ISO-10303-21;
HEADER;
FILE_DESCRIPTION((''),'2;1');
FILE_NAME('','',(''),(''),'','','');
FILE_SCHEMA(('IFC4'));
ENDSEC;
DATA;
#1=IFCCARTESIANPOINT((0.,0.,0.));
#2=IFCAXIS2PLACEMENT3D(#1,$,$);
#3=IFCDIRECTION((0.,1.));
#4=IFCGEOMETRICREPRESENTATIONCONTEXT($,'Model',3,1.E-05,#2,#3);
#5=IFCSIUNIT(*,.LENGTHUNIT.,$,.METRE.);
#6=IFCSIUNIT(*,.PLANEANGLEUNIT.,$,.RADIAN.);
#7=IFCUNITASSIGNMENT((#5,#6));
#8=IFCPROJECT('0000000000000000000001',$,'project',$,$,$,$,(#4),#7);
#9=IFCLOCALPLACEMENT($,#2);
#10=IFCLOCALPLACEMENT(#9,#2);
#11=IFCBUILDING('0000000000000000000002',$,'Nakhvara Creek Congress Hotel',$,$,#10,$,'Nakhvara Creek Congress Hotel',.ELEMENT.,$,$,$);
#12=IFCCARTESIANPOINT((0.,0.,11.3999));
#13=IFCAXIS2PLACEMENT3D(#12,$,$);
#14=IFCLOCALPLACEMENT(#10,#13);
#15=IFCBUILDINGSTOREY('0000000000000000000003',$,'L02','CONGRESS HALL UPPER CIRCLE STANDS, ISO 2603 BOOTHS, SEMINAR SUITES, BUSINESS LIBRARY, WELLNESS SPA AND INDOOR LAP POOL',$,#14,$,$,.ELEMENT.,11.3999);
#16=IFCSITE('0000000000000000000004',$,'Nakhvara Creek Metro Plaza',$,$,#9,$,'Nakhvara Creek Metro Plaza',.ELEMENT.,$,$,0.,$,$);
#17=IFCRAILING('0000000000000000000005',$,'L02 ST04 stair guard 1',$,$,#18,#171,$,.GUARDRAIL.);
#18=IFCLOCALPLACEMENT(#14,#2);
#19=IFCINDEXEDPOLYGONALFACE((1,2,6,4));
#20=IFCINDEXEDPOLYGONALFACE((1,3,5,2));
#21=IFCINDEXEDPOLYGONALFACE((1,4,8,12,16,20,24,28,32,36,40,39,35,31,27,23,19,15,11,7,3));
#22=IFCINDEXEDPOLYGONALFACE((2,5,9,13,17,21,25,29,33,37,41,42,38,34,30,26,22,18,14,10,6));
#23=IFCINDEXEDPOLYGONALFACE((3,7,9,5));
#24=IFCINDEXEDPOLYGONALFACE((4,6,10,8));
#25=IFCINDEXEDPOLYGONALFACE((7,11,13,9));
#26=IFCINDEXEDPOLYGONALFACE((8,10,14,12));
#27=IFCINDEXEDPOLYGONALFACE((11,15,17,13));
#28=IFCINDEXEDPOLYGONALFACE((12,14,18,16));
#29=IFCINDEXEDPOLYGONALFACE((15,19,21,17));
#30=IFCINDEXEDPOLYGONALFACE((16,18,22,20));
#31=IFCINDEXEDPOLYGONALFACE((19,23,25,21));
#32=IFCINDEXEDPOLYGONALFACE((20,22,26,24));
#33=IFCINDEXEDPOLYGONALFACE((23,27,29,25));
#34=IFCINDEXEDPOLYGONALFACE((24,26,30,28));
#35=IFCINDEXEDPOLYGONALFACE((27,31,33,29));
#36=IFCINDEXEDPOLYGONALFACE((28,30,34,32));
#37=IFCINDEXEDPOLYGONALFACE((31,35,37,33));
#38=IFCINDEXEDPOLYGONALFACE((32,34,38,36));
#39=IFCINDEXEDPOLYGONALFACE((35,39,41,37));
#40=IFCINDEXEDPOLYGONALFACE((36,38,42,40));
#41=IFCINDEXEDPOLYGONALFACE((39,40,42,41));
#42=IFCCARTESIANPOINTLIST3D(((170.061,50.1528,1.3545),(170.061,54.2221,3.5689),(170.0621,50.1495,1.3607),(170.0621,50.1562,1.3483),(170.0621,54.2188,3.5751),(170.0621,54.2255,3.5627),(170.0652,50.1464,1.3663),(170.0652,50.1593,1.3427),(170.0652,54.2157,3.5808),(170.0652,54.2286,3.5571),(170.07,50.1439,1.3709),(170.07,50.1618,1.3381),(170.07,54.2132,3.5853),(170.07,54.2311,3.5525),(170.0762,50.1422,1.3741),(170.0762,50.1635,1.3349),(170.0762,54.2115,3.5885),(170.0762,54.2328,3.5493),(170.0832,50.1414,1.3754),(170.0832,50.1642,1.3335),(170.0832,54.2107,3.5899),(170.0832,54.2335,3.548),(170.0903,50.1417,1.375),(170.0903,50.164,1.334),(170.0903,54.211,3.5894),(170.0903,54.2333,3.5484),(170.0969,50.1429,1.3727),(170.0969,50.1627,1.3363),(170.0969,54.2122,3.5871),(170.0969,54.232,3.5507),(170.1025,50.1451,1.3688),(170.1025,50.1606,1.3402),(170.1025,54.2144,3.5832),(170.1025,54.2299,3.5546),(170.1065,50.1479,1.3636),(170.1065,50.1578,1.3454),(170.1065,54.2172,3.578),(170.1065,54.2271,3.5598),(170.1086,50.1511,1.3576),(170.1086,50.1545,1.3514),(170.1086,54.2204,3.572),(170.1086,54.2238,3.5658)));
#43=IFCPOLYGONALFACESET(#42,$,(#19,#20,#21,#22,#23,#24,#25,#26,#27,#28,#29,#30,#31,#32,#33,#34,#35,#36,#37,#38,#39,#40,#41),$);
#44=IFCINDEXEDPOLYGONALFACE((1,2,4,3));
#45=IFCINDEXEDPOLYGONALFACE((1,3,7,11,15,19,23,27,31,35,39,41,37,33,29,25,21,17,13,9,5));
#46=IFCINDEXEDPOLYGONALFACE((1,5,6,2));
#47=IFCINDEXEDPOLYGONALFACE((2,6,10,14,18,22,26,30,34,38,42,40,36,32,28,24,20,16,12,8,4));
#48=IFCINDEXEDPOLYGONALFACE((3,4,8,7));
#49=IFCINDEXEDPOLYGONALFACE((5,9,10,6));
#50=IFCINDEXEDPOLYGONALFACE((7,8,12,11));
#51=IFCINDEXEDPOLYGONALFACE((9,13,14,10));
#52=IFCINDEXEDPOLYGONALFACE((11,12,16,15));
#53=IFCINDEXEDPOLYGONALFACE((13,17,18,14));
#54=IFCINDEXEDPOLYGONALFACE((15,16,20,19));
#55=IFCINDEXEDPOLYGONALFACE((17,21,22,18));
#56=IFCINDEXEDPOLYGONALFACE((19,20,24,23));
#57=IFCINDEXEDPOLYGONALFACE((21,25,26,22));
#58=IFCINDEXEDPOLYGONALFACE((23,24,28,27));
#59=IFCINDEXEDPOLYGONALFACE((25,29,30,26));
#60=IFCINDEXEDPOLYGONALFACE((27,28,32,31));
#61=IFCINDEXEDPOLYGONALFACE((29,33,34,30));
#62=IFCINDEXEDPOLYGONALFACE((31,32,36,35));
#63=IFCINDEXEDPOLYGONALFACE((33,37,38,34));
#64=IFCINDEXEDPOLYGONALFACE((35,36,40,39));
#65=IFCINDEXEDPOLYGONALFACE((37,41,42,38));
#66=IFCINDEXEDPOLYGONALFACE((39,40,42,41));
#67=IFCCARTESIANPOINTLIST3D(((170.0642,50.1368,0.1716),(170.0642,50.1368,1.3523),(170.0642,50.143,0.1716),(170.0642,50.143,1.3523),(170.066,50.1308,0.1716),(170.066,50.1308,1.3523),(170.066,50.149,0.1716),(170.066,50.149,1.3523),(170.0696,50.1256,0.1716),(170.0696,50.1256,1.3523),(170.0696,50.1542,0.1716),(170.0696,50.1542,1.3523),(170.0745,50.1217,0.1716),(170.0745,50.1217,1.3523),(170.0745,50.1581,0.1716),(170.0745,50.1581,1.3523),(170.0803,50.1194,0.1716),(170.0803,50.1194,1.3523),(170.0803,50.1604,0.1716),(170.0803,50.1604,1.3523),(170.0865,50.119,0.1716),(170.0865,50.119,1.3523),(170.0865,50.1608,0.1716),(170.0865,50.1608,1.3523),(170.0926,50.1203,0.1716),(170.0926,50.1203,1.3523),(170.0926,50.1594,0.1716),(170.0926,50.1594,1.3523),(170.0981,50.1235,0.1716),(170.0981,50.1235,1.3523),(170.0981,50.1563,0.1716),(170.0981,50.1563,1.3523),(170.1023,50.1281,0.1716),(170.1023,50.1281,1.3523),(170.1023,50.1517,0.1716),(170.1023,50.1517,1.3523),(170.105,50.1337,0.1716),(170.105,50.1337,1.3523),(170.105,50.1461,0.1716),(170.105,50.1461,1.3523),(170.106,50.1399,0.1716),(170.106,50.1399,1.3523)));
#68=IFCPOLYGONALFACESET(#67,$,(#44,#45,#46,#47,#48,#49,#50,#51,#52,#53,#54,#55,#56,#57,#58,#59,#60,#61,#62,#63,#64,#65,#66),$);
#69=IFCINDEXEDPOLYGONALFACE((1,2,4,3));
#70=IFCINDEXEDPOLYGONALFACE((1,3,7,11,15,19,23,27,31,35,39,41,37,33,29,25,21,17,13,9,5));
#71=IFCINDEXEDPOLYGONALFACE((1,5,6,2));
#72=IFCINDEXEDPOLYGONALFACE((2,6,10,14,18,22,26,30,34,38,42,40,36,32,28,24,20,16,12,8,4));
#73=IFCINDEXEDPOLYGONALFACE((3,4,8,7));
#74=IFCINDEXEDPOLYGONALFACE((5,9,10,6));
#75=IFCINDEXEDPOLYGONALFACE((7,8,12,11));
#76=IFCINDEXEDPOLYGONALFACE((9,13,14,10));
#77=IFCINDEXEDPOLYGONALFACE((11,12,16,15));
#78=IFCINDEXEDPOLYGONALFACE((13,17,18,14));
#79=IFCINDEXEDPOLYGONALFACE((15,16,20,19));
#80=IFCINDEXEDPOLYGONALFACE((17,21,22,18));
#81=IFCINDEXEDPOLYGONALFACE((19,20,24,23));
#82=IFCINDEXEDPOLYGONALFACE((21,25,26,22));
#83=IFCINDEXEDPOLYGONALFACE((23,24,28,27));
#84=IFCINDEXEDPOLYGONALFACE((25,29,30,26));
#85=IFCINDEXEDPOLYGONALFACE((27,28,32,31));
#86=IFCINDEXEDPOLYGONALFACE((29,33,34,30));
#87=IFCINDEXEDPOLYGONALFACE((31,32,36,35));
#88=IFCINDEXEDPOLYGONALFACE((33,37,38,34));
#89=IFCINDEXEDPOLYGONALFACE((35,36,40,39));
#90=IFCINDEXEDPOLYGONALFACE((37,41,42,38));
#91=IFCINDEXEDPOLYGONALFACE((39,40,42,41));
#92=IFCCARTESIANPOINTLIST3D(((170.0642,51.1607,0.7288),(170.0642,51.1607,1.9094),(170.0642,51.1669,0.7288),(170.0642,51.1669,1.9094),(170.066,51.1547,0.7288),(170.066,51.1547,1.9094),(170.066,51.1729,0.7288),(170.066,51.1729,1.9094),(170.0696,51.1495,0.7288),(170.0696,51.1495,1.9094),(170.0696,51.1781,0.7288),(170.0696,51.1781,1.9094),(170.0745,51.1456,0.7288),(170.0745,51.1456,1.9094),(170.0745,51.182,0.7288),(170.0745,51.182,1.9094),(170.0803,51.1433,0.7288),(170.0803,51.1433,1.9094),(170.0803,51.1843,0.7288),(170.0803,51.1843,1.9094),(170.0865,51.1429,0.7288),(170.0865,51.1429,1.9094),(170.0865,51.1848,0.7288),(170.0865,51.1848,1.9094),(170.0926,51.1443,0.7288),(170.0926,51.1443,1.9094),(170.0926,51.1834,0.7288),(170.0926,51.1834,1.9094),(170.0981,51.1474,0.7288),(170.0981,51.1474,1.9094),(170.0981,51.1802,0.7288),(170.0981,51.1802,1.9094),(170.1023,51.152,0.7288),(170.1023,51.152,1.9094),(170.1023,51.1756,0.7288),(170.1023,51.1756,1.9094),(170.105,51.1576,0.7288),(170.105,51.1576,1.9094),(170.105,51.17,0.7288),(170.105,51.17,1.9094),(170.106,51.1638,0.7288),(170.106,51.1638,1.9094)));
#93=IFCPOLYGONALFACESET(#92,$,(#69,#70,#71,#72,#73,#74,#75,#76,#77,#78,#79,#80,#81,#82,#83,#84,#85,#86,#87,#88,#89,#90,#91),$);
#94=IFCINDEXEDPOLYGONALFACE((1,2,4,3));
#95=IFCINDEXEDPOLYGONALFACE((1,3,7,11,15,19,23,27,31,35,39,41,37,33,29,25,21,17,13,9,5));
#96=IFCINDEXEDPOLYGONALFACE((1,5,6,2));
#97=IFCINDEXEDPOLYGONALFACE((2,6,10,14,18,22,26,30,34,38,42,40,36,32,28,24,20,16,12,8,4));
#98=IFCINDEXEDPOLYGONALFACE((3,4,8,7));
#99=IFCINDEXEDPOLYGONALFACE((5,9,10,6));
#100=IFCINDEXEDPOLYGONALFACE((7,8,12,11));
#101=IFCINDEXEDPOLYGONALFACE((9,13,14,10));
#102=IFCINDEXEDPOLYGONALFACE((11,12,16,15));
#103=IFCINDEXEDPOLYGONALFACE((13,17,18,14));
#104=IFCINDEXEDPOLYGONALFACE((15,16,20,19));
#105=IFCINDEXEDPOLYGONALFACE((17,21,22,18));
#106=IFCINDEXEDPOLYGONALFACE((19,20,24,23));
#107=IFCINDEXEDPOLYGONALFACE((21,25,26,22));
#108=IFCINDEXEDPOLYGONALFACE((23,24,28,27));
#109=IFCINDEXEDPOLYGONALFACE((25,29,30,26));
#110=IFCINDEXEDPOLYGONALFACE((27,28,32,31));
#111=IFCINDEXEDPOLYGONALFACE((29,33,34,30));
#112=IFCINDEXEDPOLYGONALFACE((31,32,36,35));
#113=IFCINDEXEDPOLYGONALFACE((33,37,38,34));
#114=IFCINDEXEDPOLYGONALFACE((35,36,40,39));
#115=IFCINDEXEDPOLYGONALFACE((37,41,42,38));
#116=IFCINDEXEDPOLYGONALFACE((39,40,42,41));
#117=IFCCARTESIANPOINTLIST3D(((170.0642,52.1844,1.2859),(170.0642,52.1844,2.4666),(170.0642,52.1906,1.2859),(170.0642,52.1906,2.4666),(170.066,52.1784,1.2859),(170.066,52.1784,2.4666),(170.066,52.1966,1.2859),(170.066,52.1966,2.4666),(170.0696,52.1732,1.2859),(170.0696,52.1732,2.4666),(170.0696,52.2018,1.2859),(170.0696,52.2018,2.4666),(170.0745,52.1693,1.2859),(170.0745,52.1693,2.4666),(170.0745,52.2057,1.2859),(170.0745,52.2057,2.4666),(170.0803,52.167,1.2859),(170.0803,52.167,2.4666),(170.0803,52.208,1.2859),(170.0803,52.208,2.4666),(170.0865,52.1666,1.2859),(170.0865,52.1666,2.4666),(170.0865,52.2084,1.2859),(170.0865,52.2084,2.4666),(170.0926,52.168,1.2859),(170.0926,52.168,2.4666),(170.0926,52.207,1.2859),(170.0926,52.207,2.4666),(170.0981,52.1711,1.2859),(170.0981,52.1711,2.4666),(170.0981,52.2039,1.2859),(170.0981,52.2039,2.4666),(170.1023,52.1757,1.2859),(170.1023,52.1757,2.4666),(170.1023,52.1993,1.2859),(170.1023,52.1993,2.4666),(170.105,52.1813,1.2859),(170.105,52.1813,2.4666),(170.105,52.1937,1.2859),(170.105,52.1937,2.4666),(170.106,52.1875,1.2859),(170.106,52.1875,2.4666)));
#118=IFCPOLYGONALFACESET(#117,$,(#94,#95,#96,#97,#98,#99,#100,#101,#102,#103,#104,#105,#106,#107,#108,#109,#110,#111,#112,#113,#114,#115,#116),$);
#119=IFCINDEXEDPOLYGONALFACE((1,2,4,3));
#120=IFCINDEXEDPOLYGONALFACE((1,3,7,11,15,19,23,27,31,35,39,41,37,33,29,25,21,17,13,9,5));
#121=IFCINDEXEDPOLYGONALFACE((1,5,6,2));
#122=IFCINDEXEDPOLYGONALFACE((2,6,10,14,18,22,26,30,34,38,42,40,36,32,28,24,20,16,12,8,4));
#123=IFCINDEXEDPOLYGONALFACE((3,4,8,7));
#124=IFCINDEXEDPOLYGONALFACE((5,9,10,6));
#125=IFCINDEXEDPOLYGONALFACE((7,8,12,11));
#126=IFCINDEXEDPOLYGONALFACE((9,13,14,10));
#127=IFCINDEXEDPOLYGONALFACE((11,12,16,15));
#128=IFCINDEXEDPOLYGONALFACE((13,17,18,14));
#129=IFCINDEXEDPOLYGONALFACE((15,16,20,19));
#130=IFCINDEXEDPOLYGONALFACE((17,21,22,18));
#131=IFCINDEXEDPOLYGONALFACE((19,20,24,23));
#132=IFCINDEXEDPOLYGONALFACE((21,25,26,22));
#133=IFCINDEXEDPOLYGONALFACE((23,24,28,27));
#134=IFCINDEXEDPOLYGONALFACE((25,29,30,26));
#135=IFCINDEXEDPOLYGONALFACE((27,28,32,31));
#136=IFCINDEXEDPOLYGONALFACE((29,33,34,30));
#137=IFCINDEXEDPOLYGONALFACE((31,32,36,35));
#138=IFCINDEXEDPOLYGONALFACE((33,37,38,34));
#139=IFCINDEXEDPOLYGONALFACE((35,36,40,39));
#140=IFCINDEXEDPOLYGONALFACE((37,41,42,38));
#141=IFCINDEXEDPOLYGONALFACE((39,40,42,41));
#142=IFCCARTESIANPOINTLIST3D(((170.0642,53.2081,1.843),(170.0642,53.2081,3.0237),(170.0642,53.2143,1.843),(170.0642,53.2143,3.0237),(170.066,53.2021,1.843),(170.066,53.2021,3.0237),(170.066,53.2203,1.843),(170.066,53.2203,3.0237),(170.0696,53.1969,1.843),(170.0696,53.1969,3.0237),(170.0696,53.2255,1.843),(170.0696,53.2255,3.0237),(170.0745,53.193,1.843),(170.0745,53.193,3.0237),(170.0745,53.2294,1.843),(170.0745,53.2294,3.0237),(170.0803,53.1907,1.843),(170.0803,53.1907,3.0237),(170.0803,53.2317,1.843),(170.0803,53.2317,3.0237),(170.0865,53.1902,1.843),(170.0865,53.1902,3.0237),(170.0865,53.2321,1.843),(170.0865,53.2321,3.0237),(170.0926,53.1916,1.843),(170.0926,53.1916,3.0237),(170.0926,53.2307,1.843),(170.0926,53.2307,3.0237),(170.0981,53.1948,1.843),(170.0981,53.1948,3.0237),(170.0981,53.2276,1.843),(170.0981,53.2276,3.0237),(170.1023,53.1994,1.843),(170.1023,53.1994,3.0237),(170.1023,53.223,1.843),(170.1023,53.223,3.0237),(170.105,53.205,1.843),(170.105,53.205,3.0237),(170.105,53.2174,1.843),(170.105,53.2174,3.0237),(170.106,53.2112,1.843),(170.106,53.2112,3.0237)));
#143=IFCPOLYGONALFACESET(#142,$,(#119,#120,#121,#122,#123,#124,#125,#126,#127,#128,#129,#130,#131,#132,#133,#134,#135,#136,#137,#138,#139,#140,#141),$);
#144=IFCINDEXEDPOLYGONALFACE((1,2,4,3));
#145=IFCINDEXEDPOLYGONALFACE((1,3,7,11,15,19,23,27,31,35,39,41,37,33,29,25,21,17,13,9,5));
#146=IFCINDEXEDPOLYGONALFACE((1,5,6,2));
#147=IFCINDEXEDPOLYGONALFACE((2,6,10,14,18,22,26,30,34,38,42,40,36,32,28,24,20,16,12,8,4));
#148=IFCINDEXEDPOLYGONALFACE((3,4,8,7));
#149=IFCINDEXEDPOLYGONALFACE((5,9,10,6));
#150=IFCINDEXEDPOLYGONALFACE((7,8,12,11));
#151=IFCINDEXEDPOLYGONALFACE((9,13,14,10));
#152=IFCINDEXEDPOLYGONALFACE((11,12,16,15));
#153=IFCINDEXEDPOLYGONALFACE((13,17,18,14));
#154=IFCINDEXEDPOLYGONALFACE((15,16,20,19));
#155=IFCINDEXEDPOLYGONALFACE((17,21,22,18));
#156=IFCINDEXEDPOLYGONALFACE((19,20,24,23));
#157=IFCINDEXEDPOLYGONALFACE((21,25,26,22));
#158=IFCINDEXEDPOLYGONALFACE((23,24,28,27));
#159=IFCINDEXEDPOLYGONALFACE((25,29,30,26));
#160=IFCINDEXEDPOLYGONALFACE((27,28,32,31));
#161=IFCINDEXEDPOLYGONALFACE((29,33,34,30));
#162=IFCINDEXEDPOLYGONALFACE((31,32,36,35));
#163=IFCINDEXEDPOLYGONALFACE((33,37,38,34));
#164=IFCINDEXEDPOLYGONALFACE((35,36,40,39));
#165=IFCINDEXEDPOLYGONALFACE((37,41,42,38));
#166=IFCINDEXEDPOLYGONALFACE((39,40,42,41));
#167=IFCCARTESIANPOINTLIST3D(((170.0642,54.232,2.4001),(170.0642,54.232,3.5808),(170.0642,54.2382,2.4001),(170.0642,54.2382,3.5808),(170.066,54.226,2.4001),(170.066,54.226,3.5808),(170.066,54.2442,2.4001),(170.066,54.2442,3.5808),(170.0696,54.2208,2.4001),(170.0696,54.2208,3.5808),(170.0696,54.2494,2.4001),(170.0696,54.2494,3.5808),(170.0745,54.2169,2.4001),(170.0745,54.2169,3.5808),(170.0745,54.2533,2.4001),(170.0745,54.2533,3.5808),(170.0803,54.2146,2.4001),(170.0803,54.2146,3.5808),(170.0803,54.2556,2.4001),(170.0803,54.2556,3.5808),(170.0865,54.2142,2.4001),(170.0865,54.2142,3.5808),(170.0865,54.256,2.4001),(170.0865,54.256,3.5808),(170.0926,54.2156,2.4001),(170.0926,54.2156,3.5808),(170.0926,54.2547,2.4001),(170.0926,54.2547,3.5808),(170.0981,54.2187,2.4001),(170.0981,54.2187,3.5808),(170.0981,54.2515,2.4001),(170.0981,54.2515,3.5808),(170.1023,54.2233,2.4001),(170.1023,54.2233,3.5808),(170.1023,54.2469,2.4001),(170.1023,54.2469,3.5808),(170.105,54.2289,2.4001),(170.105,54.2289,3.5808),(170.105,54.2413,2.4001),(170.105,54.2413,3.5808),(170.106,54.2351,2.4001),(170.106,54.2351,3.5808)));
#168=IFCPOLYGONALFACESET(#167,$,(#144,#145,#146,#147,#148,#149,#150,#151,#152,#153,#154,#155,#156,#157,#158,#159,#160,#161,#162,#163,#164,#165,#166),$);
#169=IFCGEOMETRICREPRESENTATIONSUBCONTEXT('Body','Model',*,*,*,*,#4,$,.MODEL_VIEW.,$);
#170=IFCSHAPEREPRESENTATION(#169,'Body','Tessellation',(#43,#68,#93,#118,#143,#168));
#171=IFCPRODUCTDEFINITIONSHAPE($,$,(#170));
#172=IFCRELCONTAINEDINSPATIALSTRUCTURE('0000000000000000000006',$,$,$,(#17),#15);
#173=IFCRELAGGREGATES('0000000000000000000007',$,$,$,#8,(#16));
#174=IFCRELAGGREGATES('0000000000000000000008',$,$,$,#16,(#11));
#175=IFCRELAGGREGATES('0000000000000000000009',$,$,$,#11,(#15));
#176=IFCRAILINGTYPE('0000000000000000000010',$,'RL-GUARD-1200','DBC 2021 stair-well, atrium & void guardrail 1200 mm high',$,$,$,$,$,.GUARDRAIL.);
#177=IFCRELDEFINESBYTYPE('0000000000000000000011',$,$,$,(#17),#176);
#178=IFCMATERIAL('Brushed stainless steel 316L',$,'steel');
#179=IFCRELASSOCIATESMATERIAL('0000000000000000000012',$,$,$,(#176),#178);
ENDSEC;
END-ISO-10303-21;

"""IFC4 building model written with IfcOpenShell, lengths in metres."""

from ifc_helpers import new_model, si_unit, direction, frame, origin, origin_2d, place, context, subcontext, project, spatial, circle, extrude, material, type_object, element, save


model = new_model("IFC4")

# Units and contexts
model_context = context("Model", 3, precision=1e-05, world=origin(), true_north=direction((0.0, 1.0)))
body_context = subcontext(model_context, "Body", "Model", "MODEL_VIEW")
ifc_project = project(units=[si_unit("LENGTHUNIT", "METRE"), si_unit("PLANEANGLEUNIT", "RADIAN")], contexts=[model_context])

# Site, building, storey
site_placement = place(None, origin())
site = spatial("IfcSite", under=ifc_project, at=site_placement, Name="Nakhvara Creek Metro Plaza", LongName="Nakhvara Creek Metro Plaza", CompositionType="ELEMENT", RefElevation=0.0)
building_placement = place(site_placement, origin())
building = spatial("IfcBuilding", under=site, at=building_placement, Name="Nakhvara Creek Congress Hotel", LongName="Nakhvara Creek Congress Hotel", CompositionType="ELEMENT")
storey_placement = place(building_placement, frame((0.0, 0.0, 11.3999)))
storey = spatial("IfcBuildingStorey", under=building, at=storey_placement, Name="L02", Description="CONGRESS HALL UPPER CIRCLE STANDS, ISO 2603 BOOTHS, SEMINAR SUITES, BUSINESS LIBRARY, WELLNESS SPA AND INDOOR LAP POOL", CompositionType="ELEMENT", Elevation=11.3999)

# Railing
ifc_material_1 = material(Name="Brushed stainless steel 316L", Category="steel")
railing_type_1 = type_object("IfcRailingType", Name="RL-GUARD-1200", Description="DBC 2021 stair-well, atrium & void guardrail 1200 mm high", PredefinedType="GUARDRAIL", material=ifc_material_1)
railing_1_placement = place(storey_placement, frame((170.085, 50.1399, 0.1716)))
element("IfcRailing", 1, at=railing_1_placement, inside=storey, type_object=railing_type_1, Name="L02 ST04 stair guard 1", PredefinedType="GUARDRAIL", context=body_context, shape_type="SweptSolid", body=[
    extrude(circle(Radius=0.0239, at=origin_2d()), frame((0.0, 0.0129, 1.1829), z_axis=(0.0, 0.878367, 0.477986), x_axis=(-1.0, 0.0, 0.0)), (0.0, 0.0, 1.0), 4.6328),
    extrude(circle(Radius=0.021, at=origin_2d()), origin(), (0.0, 0.0, 1.0), 1.1807),
    extrude(circle(Radius=0.021, at=origin_2d()), frame((0.0, 1.0239, 0.5571)), (0.0, 0.0, 1.0), 1.1807),
    extrude(circle(Radius=0.021, at=origin_2d()), frame((0.0, 2.0476, 1.1143)), (0.0, 0.0, 1.0), 1.1807),
    extrude(circle(Radius=0.021, at=origin_2d()), frame((0.0, 3.0713, 1.6714)), (0.0, 0.0, 1.0), 1.1807),
    extrude(circle(Radius=0.021, at=origin_2d()), frame((0.0, 4.0952, 2.2285)), (0.0, 0.0, 1.0), 1.1807),
])

save(model, "model.ifc")
